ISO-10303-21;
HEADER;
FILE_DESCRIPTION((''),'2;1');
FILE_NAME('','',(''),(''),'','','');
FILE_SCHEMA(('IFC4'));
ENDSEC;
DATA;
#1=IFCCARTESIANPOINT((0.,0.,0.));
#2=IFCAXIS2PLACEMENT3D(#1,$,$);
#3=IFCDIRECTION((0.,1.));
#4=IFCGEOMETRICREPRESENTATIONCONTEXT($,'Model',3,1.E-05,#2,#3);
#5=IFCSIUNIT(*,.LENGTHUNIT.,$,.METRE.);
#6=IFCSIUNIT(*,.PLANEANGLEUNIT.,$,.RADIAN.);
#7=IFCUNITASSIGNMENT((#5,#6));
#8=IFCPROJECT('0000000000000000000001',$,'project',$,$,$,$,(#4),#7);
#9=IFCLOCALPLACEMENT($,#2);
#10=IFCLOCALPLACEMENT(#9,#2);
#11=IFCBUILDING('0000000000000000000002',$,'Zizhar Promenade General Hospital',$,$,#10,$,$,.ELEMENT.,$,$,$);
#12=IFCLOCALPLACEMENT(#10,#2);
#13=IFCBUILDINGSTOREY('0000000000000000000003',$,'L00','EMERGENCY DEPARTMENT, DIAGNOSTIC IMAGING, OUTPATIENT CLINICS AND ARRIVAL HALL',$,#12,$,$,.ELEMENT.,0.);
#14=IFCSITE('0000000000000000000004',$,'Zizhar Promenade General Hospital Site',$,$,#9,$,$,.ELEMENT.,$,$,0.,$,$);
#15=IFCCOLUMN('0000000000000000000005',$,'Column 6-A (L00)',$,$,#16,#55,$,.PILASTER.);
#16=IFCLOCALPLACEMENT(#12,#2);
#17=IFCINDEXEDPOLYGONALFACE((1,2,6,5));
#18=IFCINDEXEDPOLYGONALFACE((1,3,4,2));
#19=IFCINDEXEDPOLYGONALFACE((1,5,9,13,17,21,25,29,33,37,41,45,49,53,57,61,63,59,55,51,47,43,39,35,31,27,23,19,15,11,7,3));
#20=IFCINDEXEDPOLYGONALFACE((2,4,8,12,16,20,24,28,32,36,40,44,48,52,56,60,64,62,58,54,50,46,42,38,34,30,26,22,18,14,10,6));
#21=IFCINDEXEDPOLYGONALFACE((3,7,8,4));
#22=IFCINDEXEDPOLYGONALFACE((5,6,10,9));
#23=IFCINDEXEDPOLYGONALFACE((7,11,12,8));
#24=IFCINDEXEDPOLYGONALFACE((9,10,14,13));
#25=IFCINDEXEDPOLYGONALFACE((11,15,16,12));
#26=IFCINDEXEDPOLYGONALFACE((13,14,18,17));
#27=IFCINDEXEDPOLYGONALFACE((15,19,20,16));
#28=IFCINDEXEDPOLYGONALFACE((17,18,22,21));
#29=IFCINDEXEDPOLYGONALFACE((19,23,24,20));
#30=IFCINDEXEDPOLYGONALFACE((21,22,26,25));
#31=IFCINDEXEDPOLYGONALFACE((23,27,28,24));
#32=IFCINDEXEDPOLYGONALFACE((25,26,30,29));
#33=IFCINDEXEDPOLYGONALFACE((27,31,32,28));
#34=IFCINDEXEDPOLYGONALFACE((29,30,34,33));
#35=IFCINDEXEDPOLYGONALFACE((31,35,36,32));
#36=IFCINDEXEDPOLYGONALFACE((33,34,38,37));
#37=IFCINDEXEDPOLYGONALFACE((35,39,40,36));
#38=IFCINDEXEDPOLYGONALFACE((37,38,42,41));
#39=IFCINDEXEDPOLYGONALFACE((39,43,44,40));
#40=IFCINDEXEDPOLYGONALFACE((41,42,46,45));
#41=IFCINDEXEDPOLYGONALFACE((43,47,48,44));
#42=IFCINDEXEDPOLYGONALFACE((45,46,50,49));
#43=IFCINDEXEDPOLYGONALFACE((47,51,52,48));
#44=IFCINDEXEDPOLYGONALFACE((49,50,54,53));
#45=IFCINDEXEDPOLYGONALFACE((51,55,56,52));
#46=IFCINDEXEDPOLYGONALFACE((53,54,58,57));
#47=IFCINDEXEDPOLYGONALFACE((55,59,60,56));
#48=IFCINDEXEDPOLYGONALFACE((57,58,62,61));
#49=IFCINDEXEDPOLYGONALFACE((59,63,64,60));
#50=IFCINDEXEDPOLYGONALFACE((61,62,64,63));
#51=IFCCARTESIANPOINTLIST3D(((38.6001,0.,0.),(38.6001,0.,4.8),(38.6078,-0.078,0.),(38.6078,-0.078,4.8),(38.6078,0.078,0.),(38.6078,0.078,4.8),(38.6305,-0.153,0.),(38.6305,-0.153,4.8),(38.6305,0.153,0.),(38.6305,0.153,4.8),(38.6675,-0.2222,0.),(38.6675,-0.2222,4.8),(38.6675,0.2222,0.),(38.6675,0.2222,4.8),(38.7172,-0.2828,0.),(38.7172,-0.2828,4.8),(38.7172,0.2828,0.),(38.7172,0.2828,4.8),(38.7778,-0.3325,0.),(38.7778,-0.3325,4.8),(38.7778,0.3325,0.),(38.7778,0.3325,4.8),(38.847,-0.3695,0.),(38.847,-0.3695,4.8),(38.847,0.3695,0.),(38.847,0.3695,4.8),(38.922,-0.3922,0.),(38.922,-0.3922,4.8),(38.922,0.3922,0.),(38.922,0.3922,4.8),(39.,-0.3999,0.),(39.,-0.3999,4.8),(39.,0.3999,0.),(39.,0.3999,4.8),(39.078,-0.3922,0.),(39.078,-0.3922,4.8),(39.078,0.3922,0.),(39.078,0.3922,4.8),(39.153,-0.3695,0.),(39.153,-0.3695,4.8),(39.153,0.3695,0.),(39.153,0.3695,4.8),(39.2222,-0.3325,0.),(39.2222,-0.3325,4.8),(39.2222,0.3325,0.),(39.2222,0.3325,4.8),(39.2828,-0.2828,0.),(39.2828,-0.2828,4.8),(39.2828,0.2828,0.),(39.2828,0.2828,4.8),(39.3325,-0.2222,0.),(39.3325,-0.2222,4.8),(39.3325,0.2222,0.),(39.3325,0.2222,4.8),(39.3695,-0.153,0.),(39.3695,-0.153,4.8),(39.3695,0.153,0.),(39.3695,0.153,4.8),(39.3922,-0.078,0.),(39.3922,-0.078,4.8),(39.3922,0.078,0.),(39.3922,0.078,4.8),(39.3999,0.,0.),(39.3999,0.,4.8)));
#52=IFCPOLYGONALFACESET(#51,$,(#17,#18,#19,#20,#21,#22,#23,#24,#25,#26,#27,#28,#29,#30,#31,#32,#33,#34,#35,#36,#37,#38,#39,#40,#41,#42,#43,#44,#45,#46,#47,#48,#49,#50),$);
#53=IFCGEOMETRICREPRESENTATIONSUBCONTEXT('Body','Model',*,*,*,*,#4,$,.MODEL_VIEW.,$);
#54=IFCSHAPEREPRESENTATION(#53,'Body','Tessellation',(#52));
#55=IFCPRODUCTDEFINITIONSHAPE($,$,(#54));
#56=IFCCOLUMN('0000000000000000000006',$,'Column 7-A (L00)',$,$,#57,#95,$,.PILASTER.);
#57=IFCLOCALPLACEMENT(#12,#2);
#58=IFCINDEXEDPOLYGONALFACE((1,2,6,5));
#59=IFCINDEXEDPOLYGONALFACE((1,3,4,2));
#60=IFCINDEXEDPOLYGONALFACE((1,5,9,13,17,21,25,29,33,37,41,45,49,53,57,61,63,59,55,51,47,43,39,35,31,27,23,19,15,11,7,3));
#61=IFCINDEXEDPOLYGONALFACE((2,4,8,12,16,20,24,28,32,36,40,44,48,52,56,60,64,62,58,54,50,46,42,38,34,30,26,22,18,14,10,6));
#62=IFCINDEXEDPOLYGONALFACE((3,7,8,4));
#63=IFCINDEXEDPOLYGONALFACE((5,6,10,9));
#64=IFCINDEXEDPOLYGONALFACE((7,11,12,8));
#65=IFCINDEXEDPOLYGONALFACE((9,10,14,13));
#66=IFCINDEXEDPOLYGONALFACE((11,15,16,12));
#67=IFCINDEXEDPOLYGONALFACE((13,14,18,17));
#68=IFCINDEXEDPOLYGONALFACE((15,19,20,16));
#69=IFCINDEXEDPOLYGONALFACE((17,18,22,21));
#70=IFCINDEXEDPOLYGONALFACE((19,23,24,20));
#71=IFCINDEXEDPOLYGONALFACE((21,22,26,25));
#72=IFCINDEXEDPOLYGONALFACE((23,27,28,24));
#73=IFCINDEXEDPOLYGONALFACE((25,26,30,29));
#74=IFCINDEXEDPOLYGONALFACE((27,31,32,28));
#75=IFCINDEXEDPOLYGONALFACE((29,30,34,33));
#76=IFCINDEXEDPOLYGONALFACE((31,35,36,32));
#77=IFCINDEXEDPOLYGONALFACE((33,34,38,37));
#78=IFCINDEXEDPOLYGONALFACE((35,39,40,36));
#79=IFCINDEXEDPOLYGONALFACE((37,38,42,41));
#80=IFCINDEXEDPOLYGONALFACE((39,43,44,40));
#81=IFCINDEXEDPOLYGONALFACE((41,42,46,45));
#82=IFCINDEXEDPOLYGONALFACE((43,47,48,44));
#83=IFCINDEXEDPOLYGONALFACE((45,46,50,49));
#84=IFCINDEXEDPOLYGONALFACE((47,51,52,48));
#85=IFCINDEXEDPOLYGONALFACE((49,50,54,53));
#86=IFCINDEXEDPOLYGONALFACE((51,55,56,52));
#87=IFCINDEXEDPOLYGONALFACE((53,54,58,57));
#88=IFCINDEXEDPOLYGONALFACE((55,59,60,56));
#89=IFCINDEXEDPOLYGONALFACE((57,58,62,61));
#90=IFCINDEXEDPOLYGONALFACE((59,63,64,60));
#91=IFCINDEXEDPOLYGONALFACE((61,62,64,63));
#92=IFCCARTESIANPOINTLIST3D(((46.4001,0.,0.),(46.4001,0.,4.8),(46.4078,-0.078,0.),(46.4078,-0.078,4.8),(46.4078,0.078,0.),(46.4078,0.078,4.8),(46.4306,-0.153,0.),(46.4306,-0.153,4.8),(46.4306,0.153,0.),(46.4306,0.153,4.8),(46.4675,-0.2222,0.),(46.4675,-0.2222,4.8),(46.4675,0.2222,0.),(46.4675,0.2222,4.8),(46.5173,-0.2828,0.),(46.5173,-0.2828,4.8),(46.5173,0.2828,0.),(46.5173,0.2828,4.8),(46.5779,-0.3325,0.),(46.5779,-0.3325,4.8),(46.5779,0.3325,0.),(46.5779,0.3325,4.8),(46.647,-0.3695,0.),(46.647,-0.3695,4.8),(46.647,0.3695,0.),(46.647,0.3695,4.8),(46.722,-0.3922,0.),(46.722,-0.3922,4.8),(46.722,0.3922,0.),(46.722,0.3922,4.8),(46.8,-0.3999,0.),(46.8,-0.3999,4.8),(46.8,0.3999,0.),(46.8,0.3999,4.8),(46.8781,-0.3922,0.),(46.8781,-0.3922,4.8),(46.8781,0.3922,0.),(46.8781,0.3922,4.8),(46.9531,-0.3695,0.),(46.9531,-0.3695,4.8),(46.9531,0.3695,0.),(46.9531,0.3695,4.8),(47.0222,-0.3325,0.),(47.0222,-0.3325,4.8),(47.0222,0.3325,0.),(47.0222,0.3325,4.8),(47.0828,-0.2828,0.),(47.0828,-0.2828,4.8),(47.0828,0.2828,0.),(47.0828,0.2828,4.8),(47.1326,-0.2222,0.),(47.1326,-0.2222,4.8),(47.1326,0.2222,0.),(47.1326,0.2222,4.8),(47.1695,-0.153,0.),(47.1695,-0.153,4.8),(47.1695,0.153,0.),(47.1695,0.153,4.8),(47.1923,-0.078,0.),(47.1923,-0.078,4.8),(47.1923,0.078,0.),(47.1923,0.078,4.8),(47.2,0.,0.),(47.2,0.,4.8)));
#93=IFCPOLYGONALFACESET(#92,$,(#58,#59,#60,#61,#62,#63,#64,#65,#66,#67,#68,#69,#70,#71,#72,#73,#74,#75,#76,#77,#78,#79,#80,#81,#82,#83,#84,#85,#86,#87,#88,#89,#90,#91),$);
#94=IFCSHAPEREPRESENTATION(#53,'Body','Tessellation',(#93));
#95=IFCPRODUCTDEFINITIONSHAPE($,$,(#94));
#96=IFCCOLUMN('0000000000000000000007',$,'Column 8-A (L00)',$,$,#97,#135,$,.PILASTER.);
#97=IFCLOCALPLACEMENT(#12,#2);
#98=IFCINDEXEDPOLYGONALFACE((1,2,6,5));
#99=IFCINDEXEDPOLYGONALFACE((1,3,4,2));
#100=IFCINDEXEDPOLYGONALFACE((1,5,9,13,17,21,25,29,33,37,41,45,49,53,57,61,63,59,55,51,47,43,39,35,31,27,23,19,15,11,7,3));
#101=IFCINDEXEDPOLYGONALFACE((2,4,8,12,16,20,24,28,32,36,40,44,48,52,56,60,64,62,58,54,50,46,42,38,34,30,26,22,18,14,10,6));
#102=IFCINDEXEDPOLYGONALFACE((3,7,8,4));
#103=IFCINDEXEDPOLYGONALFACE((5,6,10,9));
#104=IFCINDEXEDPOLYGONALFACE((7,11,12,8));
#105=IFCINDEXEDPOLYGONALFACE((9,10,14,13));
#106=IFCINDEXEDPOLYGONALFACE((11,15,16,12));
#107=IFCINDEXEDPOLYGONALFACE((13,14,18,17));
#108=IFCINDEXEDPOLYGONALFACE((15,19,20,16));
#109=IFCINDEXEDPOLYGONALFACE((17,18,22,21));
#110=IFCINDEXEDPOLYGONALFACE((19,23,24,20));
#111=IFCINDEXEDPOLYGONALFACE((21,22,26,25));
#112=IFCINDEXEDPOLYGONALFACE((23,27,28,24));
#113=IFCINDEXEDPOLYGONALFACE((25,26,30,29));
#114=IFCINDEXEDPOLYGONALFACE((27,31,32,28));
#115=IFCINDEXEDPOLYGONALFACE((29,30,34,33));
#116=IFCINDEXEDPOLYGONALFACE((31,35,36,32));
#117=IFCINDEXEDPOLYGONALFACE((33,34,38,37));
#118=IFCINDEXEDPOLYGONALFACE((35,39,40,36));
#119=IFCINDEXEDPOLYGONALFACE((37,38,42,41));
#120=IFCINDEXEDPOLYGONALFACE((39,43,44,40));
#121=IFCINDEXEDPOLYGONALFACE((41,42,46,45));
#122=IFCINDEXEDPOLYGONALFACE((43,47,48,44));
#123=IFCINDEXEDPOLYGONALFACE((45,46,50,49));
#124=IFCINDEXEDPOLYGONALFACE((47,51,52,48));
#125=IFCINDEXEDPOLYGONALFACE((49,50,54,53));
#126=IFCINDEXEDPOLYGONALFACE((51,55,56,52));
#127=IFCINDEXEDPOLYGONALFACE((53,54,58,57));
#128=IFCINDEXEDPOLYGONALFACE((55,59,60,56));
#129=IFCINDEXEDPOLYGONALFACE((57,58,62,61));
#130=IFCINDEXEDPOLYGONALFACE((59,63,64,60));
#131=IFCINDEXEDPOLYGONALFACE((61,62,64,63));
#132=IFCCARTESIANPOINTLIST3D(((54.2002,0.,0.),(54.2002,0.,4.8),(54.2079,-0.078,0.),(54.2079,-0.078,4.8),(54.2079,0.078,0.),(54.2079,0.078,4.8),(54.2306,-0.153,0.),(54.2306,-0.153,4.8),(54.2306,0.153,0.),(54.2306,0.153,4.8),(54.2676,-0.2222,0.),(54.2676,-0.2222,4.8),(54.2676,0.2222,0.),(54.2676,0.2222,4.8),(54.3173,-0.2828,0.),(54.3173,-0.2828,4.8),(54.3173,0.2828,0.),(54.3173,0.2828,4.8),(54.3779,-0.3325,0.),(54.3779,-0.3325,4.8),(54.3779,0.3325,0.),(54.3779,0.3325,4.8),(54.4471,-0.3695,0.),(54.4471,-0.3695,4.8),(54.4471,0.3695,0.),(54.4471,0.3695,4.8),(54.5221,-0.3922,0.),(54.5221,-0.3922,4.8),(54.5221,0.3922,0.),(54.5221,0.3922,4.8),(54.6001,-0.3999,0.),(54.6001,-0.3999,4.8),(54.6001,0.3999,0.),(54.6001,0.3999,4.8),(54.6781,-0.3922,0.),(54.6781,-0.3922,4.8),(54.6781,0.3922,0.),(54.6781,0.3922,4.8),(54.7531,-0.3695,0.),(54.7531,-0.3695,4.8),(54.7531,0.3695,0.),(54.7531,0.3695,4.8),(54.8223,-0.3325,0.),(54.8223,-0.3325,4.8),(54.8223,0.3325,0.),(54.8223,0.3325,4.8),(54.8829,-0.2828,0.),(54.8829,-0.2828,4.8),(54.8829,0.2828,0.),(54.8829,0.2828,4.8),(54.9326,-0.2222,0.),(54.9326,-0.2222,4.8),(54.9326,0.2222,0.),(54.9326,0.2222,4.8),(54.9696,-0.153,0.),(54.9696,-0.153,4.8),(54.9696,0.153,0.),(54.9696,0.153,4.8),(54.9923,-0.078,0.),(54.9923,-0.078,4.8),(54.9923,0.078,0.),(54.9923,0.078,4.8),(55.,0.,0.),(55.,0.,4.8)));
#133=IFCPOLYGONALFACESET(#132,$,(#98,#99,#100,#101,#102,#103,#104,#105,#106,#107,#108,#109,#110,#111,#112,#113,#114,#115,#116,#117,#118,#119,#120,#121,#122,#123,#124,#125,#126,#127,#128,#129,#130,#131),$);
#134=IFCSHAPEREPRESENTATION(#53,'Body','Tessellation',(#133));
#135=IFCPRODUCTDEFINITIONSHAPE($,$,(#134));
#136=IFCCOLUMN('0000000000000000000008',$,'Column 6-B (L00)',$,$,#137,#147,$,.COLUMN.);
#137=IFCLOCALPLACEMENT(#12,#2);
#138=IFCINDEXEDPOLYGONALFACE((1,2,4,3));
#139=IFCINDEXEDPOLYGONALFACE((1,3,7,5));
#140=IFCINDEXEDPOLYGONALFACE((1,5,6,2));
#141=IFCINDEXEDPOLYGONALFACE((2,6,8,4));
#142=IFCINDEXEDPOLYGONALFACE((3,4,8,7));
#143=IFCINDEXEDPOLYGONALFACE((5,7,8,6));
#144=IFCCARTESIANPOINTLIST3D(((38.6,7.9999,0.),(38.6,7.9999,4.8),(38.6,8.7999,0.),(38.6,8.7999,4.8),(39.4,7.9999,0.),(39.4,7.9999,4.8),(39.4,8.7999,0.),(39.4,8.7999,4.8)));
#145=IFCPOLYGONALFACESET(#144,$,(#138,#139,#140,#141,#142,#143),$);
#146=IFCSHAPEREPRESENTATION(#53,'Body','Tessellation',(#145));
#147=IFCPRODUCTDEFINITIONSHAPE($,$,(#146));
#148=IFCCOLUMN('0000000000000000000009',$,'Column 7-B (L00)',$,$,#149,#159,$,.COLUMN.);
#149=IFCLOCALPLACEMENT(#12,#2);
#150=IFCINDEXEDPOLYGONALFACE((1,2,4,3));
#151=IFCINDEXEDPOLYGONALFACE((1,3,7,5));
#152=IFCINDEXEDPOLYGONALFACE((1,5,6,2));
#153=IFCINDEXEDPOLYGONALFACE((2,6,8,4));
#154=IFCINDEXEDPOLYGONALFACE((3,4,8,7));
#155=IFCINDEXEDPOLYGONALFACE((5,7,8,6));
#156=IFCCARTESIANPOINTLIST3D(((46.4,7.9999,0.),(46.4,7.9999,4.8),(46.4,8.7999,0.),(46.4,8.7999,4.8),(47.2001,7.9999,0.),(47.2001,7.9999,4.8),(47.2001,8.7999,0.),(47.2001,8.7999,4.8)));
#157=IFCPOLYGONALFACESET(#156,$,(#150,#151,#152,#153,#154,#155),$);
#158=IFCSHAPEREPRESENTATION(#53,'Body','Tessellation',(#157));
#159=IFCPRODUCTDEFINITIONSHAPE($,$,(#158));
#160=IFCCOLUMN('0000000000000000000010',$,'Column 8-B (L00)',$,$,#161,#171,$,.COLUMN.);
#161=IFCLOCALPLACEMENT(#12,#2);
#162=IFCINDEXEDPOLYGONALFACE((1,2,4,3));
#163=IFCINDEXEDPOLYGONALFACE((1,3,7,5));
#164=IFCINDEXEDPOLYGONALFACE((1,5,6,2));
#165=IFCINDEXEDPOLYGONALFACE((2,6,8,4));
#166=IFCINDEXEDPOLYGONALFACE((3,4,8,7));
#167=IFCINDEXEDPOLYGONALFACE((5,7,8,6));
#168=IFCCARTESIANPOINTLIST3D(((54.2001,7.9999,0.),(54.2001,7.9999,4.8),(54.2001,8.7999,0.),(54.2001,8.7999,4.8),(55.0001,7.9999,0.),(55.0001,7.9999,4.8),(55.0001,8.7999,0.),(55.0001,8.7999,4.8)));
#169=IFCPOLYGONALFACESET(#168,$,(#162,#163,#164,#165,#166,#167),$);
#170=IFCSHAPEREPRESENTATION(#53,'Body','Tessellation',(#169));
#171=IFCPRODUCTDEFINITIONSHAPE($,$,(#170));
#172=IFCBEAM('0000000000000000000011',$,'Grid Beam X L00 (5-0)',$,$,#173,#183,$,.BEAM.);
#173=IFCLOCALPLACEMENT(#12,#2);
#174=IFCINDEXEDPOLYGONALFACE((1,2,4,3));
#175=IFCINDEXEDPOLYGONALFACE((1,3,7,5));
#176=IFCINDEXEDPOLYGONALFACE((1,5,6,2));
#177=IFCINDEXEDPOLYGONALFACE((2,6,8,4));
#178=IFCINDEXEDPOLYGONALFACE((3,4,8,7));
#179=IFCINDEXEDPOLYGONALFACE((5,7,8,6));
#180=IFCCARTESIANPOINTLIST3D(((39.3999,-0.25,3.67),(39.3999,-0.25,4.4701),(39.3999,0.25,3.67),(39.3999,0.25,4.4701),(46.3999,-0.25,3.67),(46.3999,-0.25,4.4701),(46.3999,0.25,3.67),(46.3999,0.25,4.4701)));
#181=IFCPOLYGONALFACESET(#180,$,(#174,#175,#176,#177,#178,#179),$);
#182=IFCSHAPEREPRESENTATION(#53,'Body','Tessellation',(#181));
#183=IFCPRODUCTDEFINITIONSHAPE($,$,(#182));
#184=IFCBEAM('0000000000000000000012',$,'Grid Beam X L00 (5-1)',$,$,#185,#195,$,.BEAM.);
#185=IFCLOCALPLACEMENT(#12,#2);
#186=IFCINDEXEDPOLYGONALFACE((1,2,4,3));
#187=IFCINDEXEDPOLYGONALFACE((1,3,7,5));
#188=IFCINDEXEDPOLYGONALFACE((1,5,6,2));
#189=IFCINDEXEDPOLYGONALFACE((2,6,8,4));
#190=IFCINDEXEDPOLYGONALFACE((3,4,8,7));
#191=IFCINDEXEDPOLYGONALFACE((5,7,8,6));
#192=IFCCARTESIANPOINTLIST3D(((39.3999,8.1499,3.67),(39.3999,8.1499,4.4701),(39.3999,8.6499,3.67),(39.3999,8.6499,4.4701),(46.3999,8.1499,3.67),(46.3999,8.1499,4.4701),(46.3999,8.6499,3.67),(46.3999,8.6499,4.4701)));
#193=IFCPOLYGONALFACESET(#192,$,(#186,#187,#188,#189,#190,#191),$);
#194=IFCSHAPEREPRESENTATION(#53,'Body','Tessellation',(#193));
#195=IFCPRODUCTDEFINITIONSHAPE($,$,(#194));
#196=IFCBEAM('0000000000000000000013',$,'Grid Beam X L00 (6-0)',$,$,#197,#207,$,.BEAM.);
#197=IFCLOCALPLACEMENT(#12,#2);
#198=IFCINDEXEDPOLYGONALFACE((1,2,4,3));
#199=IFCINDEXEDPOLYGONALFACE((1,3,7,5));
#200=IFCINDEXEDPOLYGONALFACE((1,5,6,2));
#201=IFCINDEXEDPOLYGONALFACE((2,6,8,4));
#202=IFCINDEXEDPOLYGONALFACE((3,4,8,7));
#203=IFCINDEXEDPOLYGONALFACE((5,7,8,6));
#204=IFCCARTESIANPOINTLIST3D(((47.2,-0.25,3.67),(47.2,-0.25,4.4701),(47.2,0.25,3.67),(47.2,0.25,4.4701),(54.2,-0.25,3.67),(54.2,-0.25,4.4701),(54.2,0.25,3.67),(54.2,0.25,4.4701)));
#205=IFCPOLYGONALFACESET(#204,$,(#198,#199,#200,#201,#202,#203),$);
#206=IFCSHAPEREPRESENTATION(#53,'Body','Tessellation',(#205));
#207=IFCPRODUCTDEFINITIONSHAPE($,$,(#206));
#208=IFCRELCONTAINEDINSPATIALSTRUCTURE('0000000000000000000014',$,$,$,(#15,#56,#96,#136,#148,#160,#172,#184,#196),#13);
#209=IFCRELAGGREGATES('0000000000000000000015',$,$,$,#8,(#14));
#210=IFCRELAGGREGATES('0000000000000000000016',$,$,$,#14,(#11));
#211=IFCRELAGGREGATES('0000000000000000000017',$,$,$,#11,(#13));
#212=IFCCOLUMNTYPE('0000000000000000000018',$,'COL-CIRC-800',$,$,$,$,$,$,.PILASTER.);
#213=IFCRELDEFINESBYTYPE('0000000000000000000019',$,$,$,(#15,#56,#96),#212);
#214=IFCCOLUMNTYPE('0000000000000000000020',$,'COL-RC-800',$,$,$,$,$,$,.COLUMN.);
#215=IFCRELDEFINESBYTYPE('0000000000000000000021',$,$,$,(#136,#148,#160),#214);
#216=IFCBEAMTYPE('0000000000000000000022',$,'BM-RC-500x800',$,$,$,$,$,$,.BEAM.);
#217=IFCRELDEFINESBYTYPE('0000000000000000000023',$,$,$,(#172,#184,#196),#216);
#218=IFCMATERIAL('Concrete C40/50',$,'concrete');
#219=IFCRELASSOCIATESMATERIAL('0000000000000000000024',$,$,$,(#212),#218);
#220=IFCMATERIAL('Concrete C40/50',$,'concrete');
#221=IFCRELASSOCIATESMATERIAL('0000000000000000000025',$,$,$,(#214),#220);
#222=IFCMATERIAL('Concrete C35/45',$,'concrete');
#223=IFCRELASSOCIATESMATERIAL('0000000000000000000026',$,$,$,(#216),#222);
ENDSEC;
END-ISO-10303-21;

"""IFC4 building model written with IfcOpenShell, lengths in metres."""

from ifc_helpers import new_model, si_unit, direction, frame, origin, origin_2d, place, context, subcontext, project, spatial, rectangle, circle, extrude, material, material_profile, profile_set, type_object, element, save


model = new_model("IFC4")

# Units and contexts
model_context = context("Model", 3, precision=1e-05, world=origin(), true_north=direction((0.0, 1.0)))
body_context = subcontext(model_context, "Body", "Model", "MODEL_VIEW")
ifc_project = project(units=[si_unit("LENGTHUNIT", "METRE"), si_unit("PLANEANGLEUNIT", "RADIAN")], contexts=[model_context])

# Site, building, storey
site_placement = place(None, origin())
site = spatial("IfcSite", under=ifc_project, at=site_placement, Name="Zizhar Promenade General Hospital Site", CompositionType="ELEMENT", RefElevation=0.0)
building_placement = place(site_placement, origin())
building = spatial("IfcBuilding", under=site, at=building_placement, Name="Zizhar Promenade General Hospital", CompositionType="ELEMENT")
storey_placement = place(building_placement, origin())
storey = spatial("IfcBuildingStorey", under=building, at=storey_placement, Name="L00", Description="EMERGENCY DEPARTMENT, DIAGNOSTIC IMAGING, OUTPATIENT CLINICS AND ARRIVAL HALL", CompositionType="ELEMENT", Elevation=0.0)

# Columns
ifc_material_1 = material(Name="Concrete C40/50", Category="concrete")
ifc_material_profile_1 = material_profile(ifc_material_1, circle(Radius=0.3999, at=origin_2d()))
ifc_profile_set_1 = profile_set([ifc_material_profile_1], Name="Concrete C40/50")
column_type_1 = type_object("IfcColumnType", Name="COL-CIRC-800", PredefinedType="PILASTER", material=ifc_profile_set_1)
for number, where, z_axis, x_axis, name in (
    (1, (39.0, 0.0, 0.0), (0.0, 0.0, 1.0), (1.0, 0.0, 0.0), "Column 6-A (L00)"),
    (2, (46.8, 0.0, 0.0), (0.0, 0.0, 1.0), (1.0, 0.0, 0.0), "Column 7-A (L00)"),
    (3, (54.6001, 0.0, 0.0), (0.0, 0.0, 1.0), (1.0, 0.0, 0.0), "Column 8-A (L00)"),
):
    element("IfcColumn", number, at=place(storey_placement, frame(where, z_axis=z_axis, x_axis=x_axis)), inside=storey, type_object=column_type_1, Name=name, PredefinedType="PILASTER", context=body_context, shape_type="SweptSolid", body=[
        extrude(circle(Radius=0.3999, at=origin_2d()), origin(), (0.0, 0.0, 1.0), 4.8),
    ])
ifc_material_2 = material(Name="Concrete C40/50", Category="concrete")
ifc_material_profile_2 = material_profile(ifc_material_2, rectangle(XDim=0.8, YDim=0.8, at=origin_2d()))
ifc_profile_set_2 = profile_set([ifc_material_profile_2], Name="Concrete C40/50")
column_type_2 = type_object("IfcColumnType", Name="COL-RC-800", PredefinedType="COLUMN", material=ifc_profile_set_2)
for number, where, z_axis, x_axis, name in (
    (4, (39.0, 8.3999, 0.0), (0.0, 0.0, 1.0), (1.0, 0.0, 0.0), "Column 6-B (L00)"),
    (5, (46.8, 8.3999, 0.0), (0.0, 0.0, 1.0), (1.0, 0.0, 0.0), "Column 7-B (L00)"),
    (6, (54.6001, 8.3999, 0.0), (0.0, 0.0, 1.0), (1.0, 0.0, 0.0), "Column 8-B (L00)"),
):
    element("IfcColumn", number, at=place(storey_placement, frame(where, z_axis=z_axis, x_axis=x_axis)), inside=storey, type_object=column_type_2, Name=name, PredefinedType="COLUMN", context=body_context, shape_type="SweptSolid", body=[
        extrude(rectangle(XDim=0.8, YDim=0.8, at=origin_2d()), origin(), (0.0, 0.0, 1.0), 4.8),
    ])

# Beams
ifc_material_3 = material(Name="Concrete C35/45", Category="concrete")
ifc_material_profile_3 = material_profile(ifc_material_3, rectangle(XDim=0.5, YDim=0.8, at=origin_2d()))
ifc_profile_set_3 = profile_set([ifc_material_profile_3], Name="Concrete C35/45")
beam_type_1 = type_object("IfcBeamType", Name="BM-RC-500x800", PredefinedType="BEAM", material=ifc_profile_set_3)
for number, where, z_axis, x_axis, name in (
    (7, (39.3999, 0.0, 4.0701), (1.0, 0.0, 0.0), (0.0, 1.0, 0.0), "Grid Beam X L00 (5-0)"),
    (8, (39.3999, 8.3999, 4.0701), (1.0, 0.0, 0.0), (0.0, 1.0, 0.0), "Grid Beam X L00 (5-1)"),
    (9, (47.2, 0.0, 4.0701), (1.0, 0.0, 0.0), (0.0, 1.0, 0.0), "Grid Beam X L00 (6-0)"),
):
    element("IfcBeam", number, at=place(storey_placement, frame(where, z_axis=z_axis, x_axis=x_axis)), inside=storey, type_object=beam_type_1, Name=name, PredefinedType="BEAM", context=body_context, shape_type="SweptSolid", body=[
        extrude(rectangle(XDim=0.5, YDim=0.8, at=origin_2d()), origin(), (0.0, 0.0, 1.0), 7.0),
    ])

save(model, "model.ifc")
